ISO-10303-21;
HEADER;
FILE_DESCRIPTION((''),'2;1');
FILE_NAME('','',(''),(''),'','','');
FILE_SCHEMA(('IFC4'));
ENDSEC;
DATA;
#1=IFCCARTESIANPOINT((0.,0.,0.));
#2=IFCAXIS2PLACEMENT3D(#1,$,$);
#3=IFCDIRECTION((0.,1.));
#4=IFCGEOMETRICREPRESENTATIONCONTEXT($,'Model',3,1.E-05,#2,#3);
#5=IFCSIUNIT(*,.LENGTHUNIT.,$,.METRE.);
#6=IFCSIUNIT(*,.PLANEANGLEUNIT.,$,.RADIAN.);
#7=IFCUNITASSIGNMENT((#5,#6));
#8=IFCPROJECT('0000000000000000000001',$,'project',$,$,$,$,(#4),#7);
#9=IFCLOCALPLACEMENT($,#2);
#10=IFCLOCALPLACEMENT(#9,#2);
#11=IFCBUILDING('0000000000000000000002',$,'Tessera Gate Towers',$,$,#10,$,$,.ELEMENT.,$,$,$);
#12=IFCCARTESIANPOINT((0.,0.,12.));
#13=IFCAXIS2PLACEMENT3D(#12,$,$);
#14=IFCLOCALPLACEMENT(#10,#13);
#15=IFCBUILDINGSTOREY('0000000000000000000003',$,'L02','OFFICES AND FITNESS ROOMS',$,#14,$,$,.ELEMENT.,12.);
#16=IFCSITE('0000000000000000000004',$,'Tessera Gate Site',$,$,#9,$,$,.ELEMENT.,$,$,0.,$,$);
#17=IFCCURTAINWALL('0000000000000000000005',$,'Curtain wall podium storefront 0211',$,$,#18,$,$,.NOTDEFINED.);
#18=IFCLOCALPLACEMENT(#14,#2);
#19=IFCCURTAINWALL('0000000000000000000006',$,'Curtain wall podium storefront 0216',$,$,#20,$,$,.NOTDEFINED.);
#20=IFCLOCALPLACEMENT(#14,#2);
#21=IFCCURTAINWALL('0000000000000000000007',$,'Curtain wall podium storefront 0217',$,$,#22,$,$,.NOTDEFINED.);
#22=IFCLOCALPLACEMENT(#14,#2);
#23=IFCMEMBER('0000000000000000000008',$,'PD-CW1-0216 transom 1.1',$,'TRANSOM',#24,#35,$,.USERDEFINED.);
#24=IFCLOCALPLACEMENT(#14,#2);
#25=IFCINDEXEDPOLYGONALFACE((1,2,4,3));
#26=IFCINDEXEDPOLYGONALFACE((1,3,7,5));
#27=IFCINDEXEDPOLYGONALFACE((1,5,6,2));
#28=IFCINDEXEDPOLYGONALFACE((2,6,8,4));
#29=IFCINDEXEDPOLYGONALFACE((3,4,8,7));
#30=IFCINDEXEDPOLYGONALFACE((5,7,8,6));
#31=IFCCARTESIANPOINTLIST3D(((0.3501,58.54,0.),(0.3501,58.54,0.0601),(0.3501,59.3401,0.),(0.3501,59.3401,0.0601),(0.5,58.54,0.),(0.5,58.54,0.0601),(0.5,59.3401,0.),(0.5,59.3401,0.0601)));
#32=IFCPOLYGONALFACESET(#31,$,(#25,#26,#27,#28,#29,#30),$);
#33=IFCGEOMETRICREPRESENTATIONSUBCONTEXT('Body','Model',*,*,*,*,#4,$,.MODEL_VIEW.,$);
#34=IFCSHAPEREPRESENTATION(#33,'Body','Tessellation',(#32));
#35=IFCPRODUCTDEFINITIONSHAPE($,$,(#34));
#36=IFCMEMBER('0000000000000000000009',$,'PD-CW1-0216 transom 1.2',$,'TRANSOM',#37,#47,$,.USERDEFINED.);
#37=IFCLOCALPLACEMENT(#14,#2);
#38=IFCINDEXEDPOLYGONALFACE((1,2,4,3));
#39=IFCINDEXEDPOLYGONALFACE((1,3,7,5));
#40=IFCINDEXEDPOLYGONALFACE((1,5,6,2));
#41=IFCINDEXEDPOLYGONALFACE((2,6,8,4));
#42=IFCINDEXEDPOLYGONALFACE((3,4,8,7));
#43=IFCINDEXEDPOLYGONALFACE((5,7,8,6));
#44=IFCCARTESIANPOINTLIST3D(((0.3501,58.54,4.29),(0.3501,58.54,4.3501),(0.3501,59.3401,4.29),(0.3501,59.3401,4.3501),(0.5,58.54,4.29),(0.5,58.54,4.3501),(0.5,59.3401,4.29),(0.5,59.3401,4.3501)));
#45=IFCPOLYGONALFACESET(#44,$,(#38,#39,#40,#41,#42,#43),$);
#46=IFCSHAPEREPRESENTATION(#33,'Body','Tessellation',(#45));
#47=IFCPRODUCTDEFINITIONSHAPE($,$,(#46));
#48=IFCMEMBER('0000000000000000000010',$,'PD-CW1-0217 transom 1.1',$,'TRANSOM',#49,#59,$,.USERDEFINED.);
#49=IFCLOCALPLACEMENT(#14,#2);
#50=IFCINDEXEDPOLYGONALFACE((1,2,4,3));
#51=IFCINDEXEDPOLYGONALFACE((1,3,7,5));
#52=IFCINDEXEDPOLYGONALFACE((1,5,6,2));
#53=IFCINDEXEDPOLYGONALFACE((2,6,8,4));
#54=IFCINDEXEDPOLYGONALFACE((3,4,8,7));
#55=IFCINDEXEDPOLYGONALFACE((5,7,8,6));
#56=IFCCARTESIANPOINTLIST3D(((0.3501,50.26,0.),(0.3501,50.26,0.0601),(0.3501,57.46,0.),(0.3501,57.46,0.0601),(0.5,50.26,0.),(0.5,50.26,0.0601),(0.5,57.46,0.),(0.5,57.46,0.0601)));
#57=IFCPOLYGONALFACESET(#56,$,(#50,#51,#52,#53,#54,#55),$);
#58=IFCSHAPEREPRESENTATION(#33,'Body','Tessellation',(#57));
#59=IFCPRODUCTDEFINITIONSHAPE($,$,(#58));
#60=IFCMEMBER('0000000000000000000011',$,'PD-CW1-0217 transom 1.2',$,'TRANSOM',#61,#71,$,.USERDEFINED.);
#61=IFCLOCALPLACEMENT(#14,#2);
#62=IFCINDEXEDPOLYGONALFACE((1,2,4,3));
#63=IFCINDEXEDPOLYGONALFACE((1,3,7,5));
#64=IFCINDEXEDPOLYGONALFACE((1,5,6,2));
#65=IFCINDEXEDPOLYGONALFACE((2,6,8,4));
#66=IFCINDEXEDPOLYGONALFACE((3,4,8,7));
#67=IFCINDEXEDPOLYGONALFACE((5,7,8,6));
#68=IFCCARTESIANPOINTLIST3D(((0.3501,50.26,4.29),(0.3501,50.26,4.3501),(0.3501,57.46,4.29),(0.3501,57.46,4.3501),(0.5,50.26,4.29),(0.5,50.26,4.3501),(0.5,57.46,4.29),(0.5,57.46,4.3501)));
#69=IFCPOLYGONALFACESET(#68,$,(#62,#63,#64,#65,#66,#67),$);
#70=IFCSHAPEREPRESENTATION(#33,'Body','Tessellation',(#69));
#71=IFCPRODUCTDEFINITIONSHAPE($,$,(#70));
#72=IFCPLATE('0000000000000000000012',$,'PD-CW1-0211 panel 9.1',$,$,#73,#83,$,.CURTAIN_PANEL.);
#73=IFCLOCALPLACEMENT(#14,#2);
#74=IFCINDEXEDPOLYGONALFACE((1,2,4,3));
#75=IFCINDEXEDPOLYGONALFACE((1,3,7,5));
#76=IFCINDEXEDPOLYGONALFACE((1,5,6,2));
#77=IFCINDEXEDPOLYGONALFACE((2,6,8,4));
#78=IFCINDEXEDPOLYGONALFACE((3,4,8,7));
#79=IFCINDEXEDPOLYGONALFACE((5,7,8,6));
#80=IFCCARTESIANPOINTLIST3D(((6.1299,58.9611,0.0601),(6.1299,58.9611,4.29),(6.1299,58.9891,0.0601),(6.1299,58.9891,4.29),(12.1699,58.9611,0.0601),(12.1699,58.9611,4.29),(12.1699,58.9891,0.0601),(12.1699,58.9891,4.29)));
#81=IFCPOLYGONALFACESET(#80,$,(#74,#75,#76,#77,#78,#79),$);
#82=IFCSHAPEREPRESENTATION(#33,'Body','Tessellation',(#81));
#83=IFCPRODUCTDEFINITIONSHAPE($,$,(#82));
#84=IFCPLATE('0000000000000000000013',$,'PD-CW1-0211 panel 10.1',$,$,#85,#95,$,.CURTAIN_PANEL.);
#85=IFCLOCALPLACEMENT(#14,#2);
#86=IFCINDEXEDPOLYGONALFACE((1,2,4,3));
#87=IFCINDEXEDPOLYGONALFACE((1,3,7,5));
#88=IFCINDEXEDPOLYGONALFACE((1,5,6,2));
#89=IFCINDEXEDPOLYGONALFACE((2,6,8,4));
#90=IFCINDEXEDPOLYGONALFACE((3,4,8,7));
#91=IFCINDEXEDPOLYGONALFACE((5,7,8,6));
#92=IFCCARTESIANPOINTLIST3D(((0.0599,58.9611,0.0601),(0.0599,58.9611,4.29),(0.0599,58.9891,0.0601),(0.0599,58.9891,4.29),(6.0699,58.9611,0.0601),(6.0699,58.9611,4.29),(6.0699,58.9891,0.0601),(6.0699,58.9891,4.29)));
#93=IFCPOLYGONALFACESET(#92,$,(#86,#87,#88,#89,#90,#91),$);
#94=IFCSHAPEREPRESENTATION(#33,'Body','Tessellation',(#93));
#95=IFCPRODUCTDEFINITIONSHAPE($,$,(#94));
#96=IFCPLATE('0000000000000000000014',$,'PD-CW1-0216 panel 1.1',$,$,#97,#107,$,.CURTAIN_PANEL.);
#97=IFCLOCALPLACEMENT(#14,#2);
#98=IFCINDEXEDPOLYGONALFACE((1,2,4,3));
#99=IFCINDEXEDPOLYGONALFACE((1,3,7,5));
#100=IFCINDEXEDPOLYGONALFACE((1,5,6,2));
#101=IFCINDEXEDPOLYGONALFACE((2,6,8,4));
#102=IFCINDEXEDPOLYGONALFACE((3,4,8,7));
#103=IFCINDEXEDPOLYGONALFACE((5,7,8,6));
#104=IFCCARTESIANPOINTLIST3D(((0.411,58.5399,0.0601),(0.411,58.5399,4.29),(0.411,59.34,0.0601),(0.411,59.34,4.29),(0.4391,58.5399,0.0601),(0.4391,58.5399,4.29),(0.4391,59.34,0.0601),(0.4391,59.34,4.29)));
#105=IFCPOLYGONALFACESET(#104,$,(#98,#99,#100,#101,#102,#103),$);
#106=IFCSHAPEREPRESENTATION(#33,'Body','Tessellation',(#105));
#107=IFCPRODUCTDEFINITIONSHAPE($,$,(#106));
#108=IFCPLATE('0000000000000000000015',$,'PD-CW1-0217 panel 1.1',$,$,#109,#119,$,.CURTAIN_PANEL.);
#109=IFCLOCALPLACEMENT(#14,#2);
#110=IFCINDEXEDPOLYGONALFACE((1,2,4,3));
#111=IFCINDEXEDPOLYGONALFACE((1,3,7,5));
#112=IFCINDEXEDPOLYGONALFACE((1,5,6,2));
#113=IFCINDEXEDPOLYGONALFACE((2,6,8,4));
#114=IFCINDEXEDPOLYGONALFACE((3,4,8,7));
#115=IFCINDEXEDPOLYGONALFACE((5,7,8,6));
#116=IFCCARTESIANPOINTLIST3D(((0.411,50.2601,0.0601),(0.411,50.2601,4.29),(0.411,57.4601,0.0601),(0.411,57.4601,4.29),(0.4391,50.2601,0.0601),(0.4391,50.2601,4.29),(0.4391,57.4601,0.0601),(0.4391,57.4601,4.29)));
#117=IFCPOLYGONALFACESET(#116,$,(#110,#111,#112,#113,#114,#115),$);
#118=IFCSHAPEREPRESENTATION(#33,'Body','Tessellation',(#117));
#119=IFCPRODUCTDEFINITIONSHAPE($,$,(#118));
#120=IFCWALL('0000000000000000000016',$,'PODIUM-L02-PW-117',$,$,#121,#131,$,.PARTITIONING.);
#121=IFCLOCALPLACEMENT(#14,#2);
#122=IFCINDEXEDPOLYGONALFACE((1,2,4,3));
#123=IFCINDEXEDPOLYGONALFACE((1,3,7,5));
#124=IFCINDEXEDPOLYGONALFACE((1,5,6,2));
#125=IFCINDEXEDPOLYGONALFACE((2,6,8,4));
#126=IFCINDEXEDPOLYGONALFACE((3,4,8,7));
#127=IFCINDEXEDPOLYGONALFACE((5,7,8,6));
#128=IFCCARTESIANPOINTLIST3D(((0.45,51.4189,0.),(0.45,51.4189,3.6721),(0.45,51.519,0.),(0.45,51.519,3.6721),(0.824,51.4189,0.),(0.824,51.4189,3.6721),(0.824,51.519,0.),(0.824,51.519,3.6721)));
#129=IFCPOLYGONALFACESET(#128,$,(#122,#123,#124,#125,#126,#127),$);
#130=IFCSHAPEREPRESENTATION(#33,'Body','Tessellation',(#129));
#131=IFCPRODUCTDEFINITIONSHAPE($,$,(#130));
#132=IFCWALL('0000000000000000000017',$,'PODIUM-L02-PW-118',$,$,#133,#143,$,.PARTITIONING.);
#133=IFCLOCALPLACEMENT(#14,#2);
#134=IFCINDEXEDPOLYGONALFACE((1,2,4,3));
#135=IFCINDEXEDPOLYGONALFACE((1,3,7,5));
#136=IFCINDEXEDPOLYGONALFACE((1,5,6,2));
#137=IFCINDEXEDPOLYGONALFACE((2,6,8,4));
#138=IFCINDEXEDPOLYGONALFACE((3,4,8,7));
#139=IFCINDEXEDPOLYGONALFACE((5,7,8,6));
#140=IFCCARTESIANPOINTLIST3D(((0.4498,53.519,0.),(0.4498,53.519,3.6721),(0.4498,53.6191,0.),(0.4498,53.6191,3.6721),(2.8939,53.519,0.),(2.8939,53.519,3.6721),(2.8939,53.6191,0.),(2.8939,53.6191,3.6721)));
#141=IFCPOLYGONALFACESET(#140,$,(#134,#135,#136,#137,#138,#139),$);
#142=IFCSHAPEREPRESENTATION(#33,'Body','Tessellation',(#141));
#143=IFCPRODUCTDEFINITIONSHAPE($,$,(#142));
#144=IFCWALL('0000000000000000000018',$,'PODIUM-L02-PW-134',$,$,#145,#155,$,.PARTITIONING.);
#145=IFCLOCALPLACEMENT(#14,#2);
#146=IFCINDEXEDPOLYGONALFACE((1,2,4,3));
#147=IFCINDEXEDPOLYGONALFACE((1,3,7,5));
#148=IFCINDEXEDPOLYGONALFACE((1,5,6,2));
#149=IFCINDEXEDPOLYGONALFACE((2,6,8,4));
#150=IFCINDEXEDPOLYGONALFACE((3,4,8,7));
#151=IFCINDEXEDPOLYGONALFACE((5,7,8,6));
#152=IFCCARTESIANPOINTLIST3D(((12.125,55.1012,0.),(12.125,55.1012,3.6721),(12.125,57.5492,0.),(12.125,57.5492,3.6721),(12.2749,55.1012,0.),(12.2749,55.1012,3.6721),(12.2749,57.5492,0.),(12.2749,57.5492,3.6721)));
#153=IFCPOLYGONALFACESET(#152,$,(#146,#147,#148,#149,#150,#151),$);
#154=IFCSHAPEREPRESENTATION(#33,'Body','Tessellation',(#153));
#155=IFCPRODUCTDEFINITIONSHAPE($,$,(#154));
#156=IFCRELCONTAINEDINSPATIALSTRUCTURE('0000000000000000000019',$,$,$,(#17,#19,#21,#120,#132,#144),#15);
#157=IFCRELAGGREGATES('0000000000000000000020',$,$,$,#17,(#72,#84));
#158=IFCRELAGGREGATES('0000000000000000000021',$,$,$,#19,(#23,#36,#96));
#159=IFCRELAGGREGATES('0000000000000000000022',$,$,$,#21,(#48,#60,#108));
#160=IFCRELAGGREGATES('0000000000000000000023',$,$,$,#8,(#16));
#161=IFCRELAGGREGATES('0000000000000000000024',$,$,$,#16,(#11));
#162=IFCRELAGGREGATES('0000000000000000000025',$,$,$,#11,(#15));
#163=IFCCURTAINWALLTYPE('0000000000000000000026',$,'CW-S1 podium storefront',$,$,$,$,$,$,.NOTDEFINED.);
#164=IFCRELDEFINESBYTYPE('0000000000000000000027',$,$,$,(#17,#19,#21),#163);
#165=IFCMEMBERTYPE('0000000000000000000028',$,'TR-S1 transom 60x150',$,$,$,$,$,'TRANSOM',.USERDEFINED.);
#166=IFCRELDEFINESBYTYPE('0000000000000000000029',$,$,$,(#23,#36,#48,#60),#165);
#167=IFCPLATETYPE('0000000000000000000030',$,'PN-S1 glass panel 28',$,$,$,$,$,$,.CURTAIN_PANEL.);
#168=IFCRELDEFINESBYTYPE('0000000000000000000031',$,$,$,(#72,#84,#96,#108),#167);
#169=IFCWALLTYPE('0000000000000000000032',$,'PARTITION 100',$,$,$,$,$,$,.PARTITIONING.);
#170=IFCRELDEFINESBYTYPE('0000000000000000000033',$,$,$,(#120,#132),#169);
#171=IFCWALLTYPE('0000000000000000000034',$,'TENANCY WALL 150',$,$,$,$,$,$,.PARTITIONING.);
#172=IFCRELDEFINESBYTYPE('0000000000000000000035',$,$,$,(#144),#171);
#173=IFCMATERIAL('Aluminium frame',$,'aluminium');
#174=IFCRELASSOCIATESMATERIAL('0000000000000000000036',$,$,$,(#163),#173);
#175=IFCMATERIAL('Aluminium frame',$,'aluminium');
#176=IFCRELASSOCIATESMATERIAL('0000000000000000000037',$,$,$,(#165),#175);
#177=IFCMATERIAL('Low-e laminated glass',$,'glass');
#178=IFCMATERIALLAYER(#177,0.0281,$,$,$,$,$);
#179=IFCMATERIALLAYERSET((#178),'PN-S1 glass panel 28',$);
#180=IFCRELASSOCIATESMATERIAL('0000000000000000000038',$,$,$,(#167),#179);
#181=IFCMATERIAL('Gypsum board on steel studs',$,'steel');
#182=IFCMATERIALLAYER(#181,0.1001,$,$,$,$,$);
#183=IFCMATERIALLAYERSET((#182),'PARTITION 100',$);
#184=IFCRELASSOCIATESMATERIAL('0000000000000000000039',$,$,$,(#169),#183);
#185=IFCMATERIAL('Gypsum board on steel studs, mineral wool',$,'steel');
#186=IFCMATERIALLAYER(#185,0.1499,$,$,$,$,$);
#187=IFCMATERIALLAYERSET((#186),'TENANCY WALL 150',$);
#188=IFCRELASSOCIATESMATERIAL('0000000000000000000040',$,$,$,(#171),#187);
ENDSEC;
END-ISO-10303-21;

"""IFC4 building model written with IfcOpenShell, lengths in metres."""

from ifc_helpers import new_model, si_unit, direction, frame, frame_2d, origin, origin_2d, place, context, subcontext, project, spatial, rectangle, extrude, material, layer, layer_set, material_profile, profile_set, type_object, element, aggregate, save


model = new_model("IFC4")

# Units and contexts
model_context = context("Model", 3, precision=1e-05, world=origin(), true_north=direction((0.0, 1.0)))
body_context = subcontext(model_context, "Body", "Model", "MODEL_VIEW")
ifc_project = project(units=[si_unit("LENGTHUNIT", "METRE"), si_unit("PLANEANGLEUNIT", "RADIAN")], contexts=[model_context])

# Site, building, storey
site_placement = place(None, origin())
site = spatial("IfcSite", under=ifc_project, at=site_placement, Name="Tessera Gate Site", CompositionType="ELEMENT", RefElevation=0.0)
building_placement = place(site_placement, origin())
building = spatial("IfcBuilding", under=site, at=building_placement, Name="Tessera Gate Towers", CompositionType="ELEMENT")
storey_placement = place(building_placement, frame((0.0, 0.0, 12.0)))
storey = spatial("IfcBuildingStorey", under=building, at=storey_placement, Name="L02", Description="OFFICES AND FITNESS ROOMS", CompositionType="ELEMENT", Elevation=12.0)

# Curtain walls
ifc_material_1 = material(Name="Aluminium frame", Category="aluminium")
curtain_wall_type = type_object("IfcCurtainWallType", Name="CW-S1 podium storefront", PredefinedType="NOTDEFINED", material=ifc_material_1)
curtain_wall_1_placement = place(storey_placement, origin())
curtain_wall_1 = element("IfcCurtainWall", 1, at=curtain_wall_1_placement, inside=storey, type_object=curtain_wall_type, Name="Curtain wall podium storefront 0211", PredefinedType="NOTDEFINED")
curtain_wall_2_placement = place(storey_placement, origin())
curtain_wall_2 = element("IfcCurtainWall", 2, at=curtain_wall_2_placement, inside=storey, type_object=curtain_wall_type, Name="Curtain wall podium storefront 0216", PredefinedType="NOTDEFINED")

# Curtain wall
curtain_wall_3_placement = place(storey_placement, origin())
curtain_wall_3 = element("IfcCurtainWall", 3, at=curtain_wall_3_placement, inside=storey, type_object=curtain_wall_type, Name="Curtain wall podium storefront 0217", PredefinedType="NOTDEFINED")

# Members
ifc_material_2 = material(Name="Aluminium frame", Category="aluminium")
ifc_material_profile_1 = material_profile(ifc_material_2, rectangle(XDim=0.1499, YDim=0.0601, at=origin_2d()), Name="AL 60x150")
ifc_profile_set_1 = profile_set([ifc_material_profile_1], Name="Aluminium frame")
member_type_1 = type_object("IfcMemberType", Name="TR-S1 transom 60x150", ElementType="TRANSOM", PredefinedType="USERDEFINED", material=ifc_profile_set_1)
member_1_placement = place(storey_placement, frame((0.425, 59.3401, 0.03), z_axis=(0.0, -1.0, 0.0), x_axis=(1.0, 0.0, 0.0)))
member_1 = element("IfcMember", 4, at=member_1_placement, type_object=member_type_1, Name="PD-CW1-0216 transom 1.1", ObjectType="TRANSOM", PredefinedType="USERDEFINED", context=body_context, shape_type="SweptSolid", body=[
    extrude(rectangle(XDim=0.1499, YDim=0.0601, at=origin_2d()), origin(), (0.0, 0.0, 1.0), 0.8),
])
member_2_placement = place(storey_placement, frame((0.425, 59.3401, 4.3201), z_axis=(0.0, -1.0, 0.0), x_axis=(1.0, 0.0, 0.0)))
member_2 = element("IfcMember", 5, at=member_2_placement, type_object=member_type_1, Name="PD-CW1-0216 transom 1.2", ObjectType="TRANSOM", PredefinedType="USERDEFINED", context=body_context, shape_type="SweptSolid", body=[
    extrude(rectangle(XDim=0.1499, YDim=0.0601, at=origin_2d()), origin(), (0.0, 0.0, 1.0), 0.8),
])
member_3_placement = place(storey_placement, frame((0.425, 57.46, 0.03), z_axis=(0.0, -1.0, 0.0), x_axis=(1.0, 0.0, 0.0)))
member_3 = element("IfcMember", 6, at=member_3_placement, type_object=member_type_1, Name="PD-CW1-0217 transom 1.1", ObjectType="TRANSOM", PredefinedType="USERDEFINED", context=body_context, shape_type="SweptSolid", body=[
    extrude(rectangle(XDim=0.1499, YDim=0.0601, at=origin_2d()), origin(), (0.0, 0.0, 1.0), 7.2),
])
member_4_placement = place(storey_placement, frame((0.425, 57.46, 4.3201), z_axis=(0.0, -1.0, 0.0), x_axis=(1.0, 0.0, 0.0)))
member_4 = element("IfcMember", 7, at=member_4_placement, type_object=member_type_1, Name="PD-CW1-0217 transom 1.2", ObjectType="TRANSOM", PredefinedType="USERDEFINED", context=body_context, shape_type="SweptSolid", body=[
    extrude(rectangle(XDim=0.1499, YDim=0.0601, at=origin_2d()), origin(), (0.0, 0.0, 1.0), 7.2),
])

# Plates
ifc_material_3 = material(Name="Low-e laminated glass", Category="glass")
ifc_layer_1 = layer(ifc_material_3, 0.0281)
ifc_layer_set_1 = layer_set([ifc_layer_1], Name="PN-S1 glass panel 28")
plate_type = type_object("IfcPlateType", Name="PN-S1 glass panel 28", PredefinedType="CURTAIN_PANEL", material=ifc_layer_set_1)
plate_1_placement = place(storey_placement, frame((9.1499, 58.9751, 0.0601), z_axis=(0.0, 0.0, 1.0), x_axis=(-1.0, 0.0, 0.0)))
plate_1 = element("IfcPlate", 8, at=plate_1_placement, type_object=plate_type, Name="PD-CW1-0211 panel 9.1", PredefinedType="CURTAIN_PANEL", context=body_context, shape_type="SweptSolid", body=[
    extrude(rectangle(XDim=6.04, YDim=0.0281, at=origin_2d()), origin(), (0.0, 0.0, 1.0), 4.23),
])
plate_2_placement = place(storey_placement, frame((3.0649, 58.9751, 0.0601), z_axis=(0.0, 0.0, 1.0), x_axis=(-1.0, 0.0, 0.0)))
plate_2 = element("IfcPlate", 9, at=plate_2_placement, type_object=plate_type, Name="PD-CW1-0211 panel 10.1", PredefinedType="CURTAIN_PANEL", context=body_context, shape_type="SweptSolid", body=[
    extrude(rectangle(XDim=6.01, YDim=0.0281, at=origin_2d()), origin(), (0.0, 0.0, 1.0), 4.23),
])
aggregate(curtain_wall_1, [plate_1, plate_2])
plate_3_placement = place(storey_placement, frame((0.425, 58.9399, 0.0601), z_axis=(0.0, 0.0, 1.0), x_axis=(0.0, -1.0, 0.0)))
plate_3 = element("IfcPlate", 10, at=plate_3_placement, type_object=plate_type, Name="PD-CW1-0216 panel 1.1", PredefinedType="CURTAIN_PANEL", context=body_context, shape_type="SweptSolid", body=[
    extrude(rectangle(XDim=0.8, YDim=0.0281, at=origin_2d()), origin(), (0.0, 0.0, 1.0), 4.23),
])
aggregate(curtain_wall_2, [member_1, member_2, plate_3])
plate_4_placement = place(storey_placement, frame((0.425, 53.8601, 0.0601), z_axis=(0.0, 0.0, 1.0), x_axis=(0.0, -1.0, 0.0)))
plate_4 = element("IfcPlate", 11, at=plate_4_placement, type_object=plate_type, Name="PD-CW1-0217 panel 1.1", PredefinedType="CURTAIN_PANEL", context=body_context, shape_type="SweptSolid", body=[
    extrude(rectangle(XDim=7.2, YDim=0.0281, at=origin_2d()), origin(), (0.0, 0.0, 1.0), 4.23),
])
aggregate(curtain_wall_3, [member_3, member_4, plate_4])

# Walls
ifc_material_4 = material(Name="Gypsum board on steel studs", Category="steel")
ifc_layer_2 = layer(ifc_material_4, 0.1001)
ifc_layer_set_2 = layer_set([ifc_layer_2], Name="PARTITION 100")
wall_type_1 = type_object("IfcWallType", Name="PARTITION 100", PredefinedType="PARTITIONING", material=ifc_layer_set_2)
wall_1_placement = place(storey_placement, frame((0.824, 51.469, 0.0), z_axis=(0.0, 0.0, 1.0), x_axis=(-1.0, 0.0, 0.0)))
element("IfcWall", 12, at=wall_1_placement, inside=storey, type_object=wall_type_1, Name="PODIUM-L02-PW-117", PredefinedType="PARTITIONING", context=body_context, shape_type="SweptSolid", body=[
    extrude(rectangle(XDim=0.374, YDim=0.1001, at=frame_2d((0.187, 0.0))), origin(), (0.0, 0.0, 1.0), 3.6721),
])
wall_2_placement = place(storey_placement, frame((2.894, 53.5691, 0.0), z_axis=(0.0, 0.0, 1.0), x_axis=(-1.0, 0.0, 0.0)))
element("IfcWall", 13, at=wall_2_placement, inside=storey, type_object=wall_type_1, Name="PODIUM-L02-PW-118", PredefinedType="PARTITIONING", context=body_context, shape_type="SweptSolid", body=[
    extrude(rectangle(XDim=2.4441, YDim=0.1001, at=frame_2d((1.2222, 0.0))), origin(), (0.0, 0.0, 1.0), 3.6721),
])
ifc_material_5 = material(Name="Gypsum board on steel studs, mineral wool", Category="steel")
ifc_layer_3 = layer(ifc_material_5, 0.1499)
ifc_layer_set_3 = layer_set([ifc_layer_3], Name="TENANCY WALL 150")
wall_type_2 = type_object("IfcWallType", Name="TENANCY WALL 150", PredefinedType="PARTITIONING", material=ifc_layer_set_3)
wall_3_placement = place(storey_placement, frame((12.2, 55.1011, 0.0), z_axis=(0.0, 0.0, 1.0), x_axis=(0.0, 1.0, 0.0)))
element("IfcWall", 14, at=wall_3_placement, inside=storey, type_object=wall_type_2, Name="PODIUM-L02-PW-134", PredefinedType="PARTITIONING", context=body_context, shape_type="SweptSolid", body=[
    extrude(rectangle(XDim=2.448, YDim=0.1499, at=frame_2d((1.2241, 0.0))), origin(), (0.0, 0.0, 1.0), 3.6721),
])

save(model, "model.ifc")
